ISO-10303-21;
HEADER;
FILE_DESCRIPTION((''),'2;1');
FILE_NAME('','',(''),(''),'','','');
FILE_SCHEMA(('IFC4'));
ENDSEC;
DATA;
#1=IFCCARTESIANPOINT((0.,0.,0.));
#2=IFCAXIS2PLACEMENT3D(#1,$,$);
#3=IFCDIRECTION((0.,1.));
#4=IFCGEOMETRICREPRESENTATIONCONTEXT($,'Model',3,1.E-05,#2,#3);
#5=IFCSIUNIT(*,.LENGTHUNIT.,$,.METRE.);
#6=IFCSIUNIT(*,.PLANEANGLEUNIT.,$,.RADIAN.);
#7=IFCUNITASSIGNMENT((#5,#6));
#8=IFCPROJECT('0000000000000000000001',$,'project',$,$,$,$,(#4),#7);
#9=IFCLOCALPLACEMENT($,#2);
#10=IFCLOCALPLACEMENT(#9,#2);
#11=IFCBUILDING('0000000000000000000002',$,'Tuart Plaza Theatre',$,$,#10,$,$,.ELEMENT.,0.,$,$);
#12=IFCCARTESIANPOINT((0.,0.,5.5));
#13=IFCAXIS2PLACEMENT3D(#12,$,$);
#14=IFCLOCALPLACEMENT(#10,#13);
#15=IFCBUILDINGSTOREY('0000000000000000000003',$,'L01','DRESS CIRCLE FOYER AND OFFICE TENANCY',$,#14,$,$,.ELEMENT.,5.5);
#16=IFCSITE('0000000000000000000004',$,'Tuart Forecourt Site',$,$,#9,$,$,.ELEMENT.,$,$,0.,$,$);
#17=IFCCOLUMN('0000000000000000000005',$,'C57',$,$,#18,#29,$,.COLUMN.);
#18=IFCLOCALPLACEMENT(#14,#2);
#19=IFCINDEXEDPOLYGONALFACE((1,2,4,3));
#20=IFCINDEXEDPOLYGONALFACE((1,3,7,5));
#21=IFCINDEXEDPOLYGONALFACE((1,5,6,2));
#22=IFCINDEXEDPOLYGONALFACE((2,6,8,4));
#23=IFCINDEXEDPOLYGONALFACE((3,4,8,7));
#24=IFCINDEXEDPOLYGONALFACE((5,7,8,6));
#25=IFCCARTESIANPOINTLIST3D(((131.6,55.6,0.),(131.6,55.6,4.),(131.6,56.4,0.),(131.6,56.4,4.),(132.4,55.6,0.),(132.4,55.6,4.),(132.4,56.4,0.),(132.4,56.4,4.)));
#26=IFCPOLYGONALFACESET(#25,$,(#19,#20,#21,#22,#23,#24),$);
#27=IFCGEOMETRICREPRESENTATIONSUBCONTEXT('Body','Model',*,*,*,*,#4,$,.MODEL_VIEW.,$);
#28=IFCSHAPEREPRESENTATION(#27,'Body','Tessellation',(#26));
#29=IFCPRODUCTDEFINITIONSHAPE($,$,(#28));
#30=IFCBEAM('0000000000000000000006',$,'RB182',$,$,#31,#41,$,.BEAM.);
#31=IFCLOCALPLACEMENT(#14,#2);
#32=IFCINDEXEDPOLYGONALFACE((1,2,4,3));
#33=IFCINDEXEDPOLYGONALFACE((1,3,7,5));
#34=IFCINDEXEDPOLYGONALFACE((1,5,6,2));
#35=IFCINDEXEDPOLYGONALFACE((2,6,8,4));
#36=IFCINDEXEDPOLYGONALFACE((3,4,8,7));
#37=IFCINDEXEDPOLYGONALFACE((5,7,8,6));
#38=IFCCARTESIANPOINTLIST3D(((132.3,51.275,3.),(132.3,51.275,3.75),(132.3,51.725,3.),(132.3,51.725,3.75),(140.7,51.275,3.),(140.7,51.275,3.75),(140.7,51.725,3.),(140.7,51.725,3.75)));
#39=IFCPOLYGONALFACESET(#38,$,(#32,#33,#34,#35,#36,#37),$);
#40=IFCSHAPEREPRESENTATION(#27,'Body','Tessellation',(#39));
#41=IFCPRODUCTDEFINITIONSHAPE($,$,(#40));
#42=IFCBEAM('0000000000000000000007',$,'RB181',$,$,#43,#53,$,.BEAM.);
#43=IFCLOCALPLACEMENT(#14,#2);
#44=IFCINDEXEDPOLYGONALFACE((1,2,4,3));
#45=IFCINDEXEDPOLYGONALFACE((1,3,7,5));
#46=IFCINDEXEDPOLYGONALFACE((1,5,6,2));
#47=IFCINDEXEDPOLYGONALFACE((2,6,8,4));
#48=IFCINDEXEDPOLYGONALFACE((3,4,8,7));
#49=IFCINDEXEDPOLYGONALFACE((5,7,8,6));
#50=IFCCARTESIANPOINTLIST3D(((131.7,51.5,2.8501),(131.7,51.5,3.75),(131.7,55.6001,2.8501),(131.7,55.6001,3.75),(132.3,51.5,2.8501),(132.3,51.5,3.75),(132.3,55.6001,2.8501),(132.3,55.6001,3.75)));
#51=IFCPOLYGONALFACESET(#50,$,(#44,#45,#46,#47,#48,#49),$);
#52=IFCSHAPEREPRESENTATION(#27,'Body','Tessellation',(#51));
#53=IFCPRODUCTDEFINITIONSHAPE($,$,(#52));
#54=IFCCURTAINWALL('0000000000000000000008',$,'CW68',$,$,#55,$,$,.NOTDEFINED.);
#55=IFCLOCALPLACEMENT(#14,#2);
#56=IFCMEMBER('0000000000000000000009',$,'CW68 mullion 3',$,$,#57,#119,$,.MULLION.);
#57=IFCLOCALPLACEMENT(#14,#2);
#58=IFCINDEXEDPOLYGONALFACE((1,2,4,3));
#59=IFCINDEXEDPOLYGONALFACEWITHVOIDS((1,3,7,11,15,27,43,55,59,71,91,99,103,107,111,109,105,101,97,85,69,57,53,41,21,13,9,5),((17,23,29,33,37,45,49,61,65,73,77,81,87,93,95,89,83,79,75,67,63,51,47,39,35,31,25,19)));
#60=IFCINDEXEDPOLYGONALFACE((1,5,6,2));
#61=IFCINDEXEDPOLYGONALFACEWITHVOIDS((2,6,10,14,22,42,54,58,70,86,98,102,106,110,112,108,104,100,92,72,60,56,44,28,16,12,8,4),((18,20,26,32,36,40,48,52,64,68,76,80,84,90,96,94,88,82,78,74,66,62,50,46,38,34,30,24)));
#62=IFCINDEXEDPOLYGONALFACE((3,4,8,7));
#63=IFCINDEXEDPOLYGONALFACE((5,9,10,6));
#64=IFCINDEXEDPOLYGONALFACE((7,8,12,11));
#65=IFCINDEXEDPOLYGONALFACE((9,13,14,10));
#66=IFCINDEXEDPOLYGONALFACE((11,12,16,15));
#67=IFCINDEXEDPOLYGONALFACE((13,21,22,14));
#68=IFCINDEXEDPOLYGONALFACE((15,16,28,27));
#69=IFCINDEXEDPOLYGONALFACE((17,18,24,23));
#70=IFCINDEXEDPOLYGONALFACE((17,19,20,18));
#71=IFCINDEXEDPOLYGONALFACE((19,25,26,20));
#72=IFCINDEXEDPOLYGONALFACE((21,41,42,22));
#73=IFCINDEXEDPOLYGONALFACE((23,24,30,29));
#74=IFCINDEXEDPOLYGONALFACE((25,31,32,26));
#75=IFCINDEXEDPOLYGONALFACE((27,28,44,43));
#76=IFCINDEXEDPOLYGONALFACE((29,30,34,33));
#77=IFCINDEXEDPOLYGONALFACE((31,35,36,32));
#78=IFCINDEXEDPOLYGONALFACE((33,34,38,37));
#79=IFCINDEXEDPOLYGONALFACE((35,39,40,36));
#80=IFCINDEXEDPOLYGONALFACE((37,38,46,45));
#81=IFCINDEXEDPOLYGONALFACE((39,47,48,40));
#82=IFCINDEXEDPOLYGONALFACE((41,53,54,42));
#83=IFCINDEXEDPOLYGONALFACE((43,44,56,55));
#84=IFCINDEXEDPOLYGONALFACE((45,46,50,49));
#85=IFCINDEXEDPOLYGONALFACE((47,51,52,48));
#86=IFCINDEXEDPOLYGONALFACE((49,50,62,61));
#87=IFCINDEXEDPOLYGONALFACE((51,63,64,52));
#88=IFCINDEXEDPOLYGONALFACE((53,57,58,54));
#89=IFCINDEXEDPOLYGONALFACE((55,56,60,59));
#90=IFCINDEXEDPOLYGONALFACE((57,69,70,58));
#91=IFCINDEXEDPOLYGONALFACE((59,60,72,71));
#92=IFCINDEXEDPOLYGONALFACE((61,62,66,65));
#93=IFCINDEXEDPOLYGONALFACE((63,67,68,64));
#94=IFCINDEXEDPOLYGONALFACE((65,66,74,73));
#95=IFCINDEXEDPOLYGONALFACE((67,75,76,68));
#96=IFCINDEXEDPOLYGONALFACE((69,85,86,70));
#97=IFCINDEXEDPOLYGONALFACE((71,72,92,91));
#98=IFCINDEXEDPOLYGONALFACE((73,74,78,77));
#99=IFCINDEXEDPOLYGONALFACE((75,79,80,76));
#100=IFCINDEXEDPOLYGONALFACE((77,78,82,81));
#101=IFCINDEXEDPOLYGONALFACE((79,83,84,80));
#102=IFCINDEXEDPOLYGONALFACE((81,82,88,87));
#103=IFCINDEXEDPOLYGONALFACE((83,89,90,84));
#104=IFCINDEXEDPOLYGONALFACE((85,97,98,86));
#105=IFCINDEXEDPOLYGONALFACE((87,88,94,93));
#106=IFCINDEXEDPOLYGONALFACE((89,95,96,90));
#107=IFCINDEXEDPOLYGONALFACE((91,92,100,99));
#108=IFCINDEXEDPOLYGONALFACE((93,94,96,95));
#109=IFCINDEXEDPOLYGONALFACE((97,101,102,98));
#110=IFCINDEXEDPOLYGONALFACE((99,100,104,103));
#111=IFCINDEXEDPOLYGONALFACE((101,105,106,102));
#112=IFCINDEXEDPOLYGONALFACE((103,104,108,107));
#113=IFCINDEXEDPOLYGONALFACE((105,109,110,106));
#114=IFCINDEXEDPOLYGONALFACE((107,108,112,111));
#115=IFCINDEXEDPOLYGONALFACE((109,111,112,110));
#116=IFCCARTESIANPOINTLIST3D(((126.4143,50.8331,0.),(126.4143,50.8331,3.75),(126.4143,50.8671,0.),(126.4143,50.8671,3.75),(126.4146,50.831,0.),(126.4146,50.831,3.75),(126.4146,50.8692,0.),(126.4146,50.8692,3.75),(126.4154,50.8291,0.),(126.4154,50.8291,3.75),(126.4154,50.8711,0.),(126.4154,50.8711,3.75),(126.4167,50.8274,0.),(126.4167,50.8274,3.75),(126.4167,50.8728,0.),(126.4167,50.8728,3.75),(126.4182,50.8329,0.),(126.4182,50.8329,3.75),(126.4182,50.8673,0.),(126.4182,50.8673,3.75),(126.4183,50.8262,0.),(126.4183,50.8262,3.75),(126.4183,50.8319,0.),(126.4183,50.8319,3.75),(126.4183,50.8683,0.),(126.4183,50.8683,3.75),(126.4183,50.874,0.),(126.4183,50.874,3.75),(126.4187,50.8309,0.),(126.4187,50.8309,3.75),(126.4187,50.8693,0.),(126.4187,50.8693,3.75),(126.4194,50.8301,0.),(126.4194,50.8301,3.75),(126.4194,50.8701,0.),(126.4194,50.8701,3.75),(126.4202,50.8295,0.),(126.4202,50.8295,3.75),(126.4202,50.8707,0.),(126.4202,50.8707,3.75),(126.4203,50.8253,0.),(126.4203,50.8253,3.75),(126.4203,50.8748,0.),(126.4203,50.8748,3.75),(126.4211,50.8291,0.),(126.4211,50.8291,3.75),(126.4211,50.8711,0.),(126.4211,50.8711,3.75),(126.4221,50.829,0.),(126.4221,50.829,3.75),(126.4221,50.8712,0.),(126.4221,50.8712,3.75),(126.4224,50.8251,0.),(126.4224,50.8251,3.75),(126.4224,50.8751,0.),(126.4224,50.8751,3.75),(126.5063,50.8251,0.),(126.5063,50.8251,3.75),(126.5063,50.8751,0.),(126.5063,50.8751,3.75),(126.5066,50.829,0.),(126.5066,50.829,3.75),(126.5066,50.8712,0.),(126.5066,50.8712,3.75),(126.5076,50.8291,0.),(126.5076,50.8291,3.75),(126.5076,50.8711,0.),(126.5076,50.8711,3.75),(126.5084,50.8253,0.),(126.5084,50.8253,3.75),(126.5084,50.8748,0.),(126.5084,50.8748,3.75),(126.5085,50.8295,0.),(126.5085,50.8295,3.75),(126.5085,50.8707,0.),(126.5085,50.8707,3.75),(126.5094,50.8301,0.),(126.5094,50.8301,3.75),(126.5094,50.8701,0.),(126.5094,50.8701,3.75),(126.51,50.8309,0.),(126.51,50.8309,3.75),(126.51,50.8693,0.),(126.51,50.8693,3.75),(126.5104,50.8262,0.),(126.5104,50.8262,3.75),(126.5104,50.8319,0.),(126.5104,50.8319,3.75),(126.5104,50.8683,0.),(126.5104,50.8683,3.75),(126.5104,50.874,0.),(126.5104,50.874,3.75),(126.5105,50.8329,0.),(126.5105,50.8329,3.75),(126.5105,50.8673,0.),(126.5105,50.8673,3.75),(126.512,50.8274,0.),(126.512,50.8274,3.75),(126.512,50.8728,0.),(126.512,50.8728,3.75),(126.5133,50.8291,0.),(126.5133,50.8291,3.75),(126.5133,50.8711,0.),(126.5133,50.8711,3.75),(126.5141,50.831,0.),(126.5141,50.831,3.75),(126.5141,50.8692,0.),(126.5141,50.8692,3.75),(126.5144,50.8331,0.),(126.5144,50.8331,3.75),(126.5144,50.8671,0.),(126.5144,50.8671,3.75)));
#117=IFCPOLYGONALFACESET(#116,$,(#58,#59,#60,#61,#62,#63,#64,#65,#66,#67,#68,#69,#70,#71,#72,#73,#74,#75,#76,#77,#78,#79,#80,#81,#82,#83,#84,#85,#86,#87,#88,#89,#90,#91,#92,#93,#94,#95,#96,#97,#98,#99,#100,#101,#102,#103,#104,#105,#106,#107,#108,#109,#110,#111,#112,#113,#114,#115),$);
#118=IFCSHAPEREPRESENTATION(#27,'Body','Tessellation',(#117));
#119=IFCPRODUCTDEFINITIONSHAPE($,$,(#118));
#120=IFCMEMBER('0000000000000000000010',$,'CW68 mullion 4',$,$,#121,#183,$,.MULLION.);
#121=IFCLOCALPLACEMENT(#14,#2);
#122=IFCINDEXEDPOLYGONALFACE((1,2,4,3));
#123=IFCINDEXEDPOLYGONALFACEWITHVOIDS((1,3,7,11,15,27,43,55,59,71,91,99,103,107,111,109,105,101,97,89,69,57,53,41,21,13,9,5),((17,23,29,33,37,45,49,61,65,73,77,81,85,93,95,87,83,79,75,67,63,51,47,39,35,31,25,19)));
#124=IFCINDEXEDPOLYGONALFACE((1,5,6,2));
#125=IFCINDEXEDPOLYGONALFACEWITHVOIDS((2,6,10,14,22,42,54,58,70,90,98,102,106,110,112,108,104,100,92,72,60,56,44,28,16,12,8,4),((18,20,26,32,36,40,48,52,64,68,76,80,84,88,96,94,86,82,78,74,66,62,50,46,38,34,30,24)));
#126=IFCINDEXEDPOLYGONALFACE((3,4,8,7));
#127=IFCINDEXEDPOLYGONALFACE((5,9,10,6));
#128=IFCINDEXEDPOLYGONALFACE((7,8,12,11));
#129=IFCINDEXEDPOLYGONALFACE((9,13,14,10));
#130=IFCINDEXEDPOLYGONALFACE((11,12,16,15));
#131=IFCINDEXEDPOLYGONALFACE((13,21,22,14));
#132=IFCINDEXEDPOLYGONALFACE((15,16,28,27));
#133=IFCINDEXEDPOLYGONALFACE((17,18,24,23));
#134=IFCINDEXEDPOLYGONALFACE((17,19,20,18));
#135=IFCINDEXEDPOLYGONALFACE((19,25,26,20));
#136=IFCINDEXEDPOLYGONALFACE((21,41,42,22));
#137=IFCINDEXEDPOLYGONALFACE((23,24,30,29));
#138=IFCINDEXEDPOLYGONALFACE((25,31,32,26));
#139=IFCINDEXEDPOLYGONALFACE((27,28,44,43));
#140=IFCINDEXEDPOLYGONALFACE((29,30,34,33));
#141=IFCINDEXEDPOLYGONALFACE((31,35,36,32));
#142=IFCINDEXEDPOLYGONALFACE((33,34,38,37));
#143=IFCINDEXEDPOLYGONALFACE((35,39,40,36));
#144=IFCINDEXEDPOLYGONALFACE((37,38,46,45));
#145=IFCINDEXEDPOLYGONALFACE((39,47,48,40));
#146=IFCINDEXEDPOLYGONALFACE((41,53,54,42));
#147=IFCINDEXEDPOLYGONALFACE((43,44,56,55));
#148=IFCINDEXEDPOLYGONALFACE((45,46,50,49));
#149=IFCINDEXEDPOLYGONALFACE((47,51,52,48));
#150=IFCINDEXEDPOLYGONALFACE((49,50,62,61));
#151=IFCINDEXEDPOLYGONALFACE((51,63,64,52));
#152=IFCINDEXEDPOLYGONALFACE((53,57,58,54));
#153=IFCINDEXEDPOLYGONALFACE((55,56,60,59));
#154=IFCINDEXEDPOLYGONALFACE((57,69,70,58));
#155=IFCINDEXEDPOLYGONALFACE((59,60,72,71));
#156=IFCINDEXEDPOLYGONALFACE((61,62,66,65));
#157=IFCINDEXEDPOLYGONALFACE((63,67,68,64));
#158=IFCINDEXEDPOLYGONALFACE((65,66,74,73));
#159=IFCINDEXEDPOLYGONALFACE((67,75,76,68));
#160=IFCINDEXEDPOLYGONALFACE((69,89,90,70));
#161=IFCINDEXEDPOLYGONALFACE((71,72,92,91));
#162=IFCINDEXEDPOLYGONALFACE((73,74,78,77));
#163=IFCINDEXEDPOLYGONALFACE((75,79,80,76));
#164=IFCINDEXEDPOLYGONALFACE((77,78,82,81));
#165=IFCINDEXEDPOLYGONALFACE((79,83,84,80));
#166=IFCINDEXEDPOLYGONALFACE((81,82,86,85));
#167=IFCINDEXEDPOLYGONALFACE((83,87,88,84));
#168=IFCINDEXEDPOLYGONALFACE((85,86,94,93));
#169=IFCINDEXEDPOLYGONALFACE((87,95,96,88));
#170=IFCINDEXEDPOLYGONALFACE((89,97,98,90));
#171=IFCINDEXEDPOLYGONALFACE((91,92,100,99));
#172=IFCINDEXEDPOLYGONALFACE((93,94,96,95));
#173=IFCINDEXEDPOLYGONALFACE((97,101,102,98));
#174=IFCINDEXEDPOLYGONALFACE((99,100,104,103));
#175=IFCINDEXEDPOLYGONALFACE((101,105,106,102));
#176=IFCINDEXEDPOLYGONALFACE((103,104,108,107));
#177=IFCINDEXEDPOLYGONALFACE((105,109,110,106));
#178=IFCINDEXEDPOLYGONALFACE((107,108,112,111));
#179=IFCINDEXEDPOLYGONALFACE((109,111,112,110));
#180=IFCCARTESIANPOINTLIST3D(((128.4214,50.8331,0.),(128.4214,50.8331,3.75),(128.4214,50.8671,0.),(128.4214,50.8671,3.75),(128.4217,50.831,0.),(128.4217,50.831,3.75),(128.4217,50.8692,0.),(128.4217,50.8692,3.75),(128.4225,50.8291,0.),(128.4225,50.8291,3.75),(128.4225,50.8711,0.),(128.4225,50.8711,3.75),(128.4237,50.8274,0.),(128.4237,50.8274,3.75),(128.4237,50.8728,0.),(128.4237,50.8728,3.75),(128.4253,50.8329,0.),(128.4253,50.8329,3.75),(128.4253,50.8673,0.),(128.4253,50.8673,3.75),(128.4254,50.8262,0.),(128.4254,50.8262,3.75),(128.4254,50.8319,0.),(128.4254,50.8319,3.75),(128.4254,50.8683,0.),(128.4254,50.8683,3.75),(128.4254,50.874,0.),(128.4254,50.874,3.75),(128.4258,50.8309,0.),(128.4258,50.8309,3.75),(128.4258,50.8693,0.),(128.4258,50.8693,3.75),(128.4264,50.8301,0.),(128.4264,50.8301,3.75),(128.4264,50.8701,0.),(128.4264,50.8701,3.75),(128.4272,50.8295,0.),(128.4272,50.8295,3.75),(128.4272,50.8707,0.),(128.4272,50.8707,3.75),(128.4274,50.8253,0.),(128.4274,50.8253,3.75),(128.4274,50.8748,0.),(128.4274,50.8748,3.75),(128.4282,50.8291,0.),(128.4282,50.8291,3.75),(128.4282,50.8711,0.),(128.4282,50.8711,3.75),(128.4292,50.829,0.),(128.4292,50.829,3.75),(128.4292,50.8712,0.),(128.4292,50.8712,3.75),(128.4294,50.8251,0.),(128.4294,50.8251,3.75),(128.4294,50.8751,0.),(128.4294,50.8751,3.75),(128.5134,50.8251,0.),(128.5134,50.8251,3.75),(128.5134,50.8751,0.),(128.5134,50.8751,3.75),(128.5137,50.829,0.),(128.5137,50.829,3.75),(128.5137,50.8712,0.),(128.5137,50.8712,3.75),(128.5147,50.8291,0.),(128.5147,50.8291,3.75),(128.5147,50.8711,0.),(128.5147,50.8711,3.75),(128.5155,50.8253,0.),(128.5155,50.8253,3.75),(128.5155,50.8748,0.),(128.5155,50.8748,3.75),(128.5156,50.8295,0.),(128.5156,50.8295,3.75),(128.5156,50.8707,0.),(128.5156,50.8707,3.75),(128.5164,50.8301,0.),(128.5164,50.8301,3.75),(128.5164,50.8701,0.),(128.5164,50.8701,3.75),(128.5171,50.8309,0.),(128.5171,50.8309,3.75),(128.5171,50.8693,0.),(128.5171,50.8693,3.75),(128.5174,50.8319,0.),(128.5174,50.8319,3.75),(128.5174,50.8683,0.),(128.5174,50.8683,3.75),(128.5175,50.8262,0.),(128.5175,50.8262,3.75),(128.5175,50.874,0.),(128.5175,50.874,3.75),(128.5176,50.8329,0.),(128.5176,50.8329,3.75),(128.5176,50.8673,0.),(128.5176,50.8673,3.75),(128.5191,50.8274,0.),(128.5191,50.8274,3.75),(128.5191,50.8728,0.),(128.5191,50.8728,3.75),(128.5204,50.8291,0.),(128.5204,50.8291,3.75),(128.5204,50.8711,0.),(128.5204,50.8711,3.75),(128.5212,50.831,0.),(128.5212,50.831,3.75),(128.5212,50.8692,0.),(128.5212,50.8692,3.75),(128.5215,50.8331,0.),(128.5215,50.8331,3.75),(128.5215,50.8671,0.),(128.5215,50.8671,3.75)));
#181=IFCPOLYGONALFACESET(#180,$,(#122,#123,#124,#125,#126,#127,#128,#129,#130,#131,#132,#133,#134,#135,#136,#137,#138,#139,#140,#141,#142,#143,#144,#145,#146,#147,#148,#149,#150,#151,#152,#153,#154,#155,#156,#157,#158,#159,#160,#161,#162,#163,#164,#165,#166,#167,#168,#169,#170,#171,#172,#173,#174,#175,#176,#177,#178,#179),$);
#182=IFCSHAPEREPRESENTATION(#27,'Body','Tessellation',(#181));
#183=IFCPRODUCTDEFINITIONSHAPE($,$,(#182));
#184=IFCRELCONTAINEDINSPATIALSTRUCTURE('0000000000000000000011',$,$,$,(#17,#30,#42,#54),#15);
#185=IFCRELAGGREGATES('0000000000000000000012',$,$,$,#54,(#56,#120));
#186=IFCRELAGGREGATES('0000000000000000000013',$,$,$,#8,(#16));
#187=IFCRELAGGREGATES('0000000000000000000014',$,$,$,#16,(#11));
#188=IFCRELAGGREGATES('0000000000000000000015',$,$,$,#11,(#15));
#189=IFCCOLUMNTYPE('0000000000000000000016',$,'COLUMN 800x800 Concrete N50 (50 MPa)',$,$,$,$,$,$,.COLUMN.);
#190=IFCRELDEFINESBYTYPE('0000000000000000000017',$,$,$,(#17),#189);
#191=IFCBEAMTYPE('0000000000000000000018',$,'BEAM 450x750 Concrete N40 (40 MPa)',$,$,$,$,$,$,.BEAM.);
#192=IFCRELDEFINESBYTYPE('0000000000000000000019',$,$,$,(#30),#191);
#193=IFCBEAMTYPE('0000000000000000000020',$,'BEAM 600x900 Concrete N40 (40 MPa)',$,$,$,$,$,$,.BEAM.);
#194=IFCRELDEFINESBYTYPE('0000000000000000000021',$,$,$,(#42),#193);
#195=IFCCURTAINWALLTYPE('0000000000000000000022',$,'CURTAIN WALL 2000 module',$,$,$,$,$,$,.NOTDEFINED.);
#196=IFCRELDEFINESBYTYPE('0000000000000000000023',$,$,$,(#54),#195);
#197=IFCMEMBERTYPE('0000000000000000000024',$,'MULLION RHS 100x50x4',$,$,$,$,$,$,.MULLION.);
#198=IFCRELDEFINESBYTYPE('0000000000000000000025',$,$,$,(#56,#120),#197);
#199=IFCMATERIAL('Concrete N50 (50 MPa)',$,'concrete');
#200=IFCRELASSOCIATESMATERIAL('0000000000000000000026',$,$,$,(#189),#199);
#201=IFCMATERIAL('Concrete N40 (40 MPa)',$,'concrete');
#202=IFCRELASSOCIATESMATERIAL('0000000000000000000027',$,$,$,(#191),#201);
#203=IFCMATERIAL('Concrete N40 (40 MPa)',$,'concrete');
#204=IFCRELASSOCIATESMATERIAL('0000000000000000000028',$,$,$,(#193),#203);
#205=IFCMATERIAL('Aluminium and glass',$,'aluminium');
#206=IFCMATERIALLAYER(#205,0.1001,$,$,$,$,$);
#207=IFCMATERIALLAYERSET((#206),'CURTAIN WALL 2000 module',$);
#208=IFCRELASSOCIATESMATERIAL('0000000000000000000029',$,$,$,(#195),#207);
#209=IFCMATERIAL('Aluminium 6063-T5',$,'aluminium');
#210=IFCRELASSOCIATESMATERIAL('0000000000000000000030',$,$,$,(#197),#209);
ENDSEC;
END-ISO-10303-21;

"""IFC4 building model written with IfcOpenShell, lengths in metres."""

from ifc_helpers import new_model, si_unit, direction, frame, origin, origin_2d, place, context, subcontext, project, spatial, rectangle, hollow_rectangle, extrude, material, layer, layer_set, material_profile, profile_set, type_object, element, aggregate, save


model = new_model("IFC4")

# Units and contexts
model_context = context("Model", 3, precision=1e-05, world=origin(), true_north=direction((0.0, 1.0)))
body_context = subcontext(model_context, "Body", "Model", "MODEL_VIEW")
ifc_project = project(units=[si_unit("LENGTHUNIT", "METRE"), si_unit("PLANEANGLEUNIT", "RADIAN")], contexts=[model_context])

# Site, building, storey
site_placement = place(None, origin())
site = spatial("IfcSite", under=ifc_project, at=site_placement, Name="Tuart Forecourt Site", CompositionType="ELEMENT", RefElevation=0.0)
building_placement = place(site_placement, origin())
building = spatial("IfcBuilding", under=site, at=building_placement, Name="Tuart Plaza Theatre", CompositionType="ELEMENT", ElevationOfRefHeight=0.0)
storey_placement = place(building_placement, frame((0.0, 0.0, 5.5)))
storey = spatial("IfcBuildingStorey", under=building, at=storey_placement, Name="L01", Description="DRESS CIRCLE FOYER AND OFFICE TENANCY", CompositionType="ELEMENT", Elevation=5.5)

# Column
ifc_material_1 = material(Name="Concrete N50 (50 MPa)", Category="concrete")
ifc_material_profile_1 = material_profile(ifc_material_1, rectangle(XDim=0.8, YDim=0.8, at=origin_2d()), Name="COLUMN 800x800 Concrete N50 (50 MPa)")
ifc_profile_set_1 = profile_set([ifc_material_profile_1], Name="Concrete N50 (50 MPa)")
column_type = type_object("IfcColumnType", Name="COLUMN 800x800 Concrete N50 (50 MPa)", PredefinedType="COLUMN", material=ifc_profile_set_1)
column_placement = place(storey_placement, frame((132.0, 56.0, 0.0), z_axis=(0.0, 0.0, 1.0), x_axis=(1.0, 0.0, 0.0)))
element("IfcColumn", 1, at=column_placement, inside=storey, type_object=column_type, Name="C57", PredefinedType="COLUMN", context=body_context, shape_type="SweptSolid", body=[
    extrude(rectangle(XDim=0.8, YDim=0.8, at=origin_2d()), origin(), (0.0, 0.0, 1.0), 4.0),
])

# Beams
ifc_material_2 = material(Name="Concrete N40 (40 MPa)", Category="concrete")
ifc_material_profile_2 = material_profile(ifc_material_2, rectangle(XDim=0.45, YDim=0.75, at=origin_2d()), Name="BEAM 450x750 Concrete N40 (40 MPa)")
ifc_profile_set_2 = profile_set([ifc_material_profile_2], Name="Concrete N40 (40 MPa)")
beam_type_1 = type_object("IfcBeamType", Name="BEAM 450x750 Concrete N40 (40 MPa)", PredefinedType="BEAM", material=ifc_profile_set_2)
beam_1_placement = place(storey_placement, frame((132.3, 51.5, 3.375), z_axis=(1.0, 0.0, 0.0), x_axis=(0.0, 1.0, 0.0)))
element("IfcBeam", 2, at=beam_1_placement, inside=storey, type_object=beam_type_1, Name="RB182", PredefinedType="BEAM", context=body_context, shape_type="SweptSolid", body=[
    extrude(rectangle(XDim=0.45, YDim=0.75, at=origin_2d()), origin(), (0.0, 0.0, 1.0), 8.3999),
])
ifc_material_3 = material(Name="Concrete N40 (40 MPa)", Category="concrete")
ifc_material_profile_3 = material_profile(ifc_material_3, rectangle(XDim=0.6001, YDim=0.8999, at=origin_2d()), Name="BEAM 600x900 Concrete N40 (40 MPa)")
ifc_profile_set_3 = profile_set([ifc_material_profile_3], Name="Concrete N40 (40 MPa)")
beam_type_2 = type_object("IfcBeamType", Name="BEAM 600x900 Concrete N40 (40 MPa)", PredefinedType="BEAM", material=ifc_profile_set_3)
beam_2_placement = place(storey_placement, frame((132.0, 51.5, 3.3), z_axis=(0.0, 1.0, 0.0), x_axis=(-1.0, 0.0, 0.0)))
element("IfcBeam", 3, at=beam_2_placement, inside=storey, type_object=beam_type_2, Name="RB181", PredefinedType="BEAM", context=body_context, shape_type="SweptSolid", body=[
    extrude(rectangle(XDim=0.6001, YDim=0.8999, at=origin_2d()), origin(), (0.0, 0.0, 1.0), 4.1001),
])

# Curtain wall, members
ifc_material_4 = material(Name="Aluminium and glass", Category="aluminium")
ifc_layer_1 = layer(ifc_material_4, 0.1001)
ifc_layer_set_1 = layer_set([ifc_layer_1], Name="CURTAIN WALL 2000 module")
curtain_wall_type = type_object("IfcCurtainWallType", Name="CURTAIN WALL 2000 module", PredefinedType="NOTDEFINED", material=ifc_layer_set_1)
curtain_wall_placement = place(storey_placement, origin())
curtain_wall = element("IfcCurtainWall", 4, at=curtain_wall_placement, inside=storey, type_object=curtain_wall_type, Name="CW68", PredefinedType="NOTDEFINED")
ifc_material_5 = material(Name="Aluminium 6063-T5", Category="aluminium")
ifc_material_profile_4 = material_profile(ifc_material_5, hollow_rectangle(XDim=0.05, YDim=0.1001, WallThickness=0.0039, InnerFilletRadius=0.0039, OuterFilletRadius=0.0081, at=origin_2d()), Name="RHS 100x50x4")
ifc_profile_set_4 = profile_set([ifc_material_profile_4], Name="Aluminium 6063-T5")
member_type_1 = type_object("IfcMemberType", Name="MULLION RHS 100x50x4", PredefinedType="MULLION", material=ifc_profile_set_4)
member_1_placement = place(storey_placement, frame((126.4644, 50.8501, 0.0), z_axis=(0.0, 0.0, 1.0), x_axis=(0.0, 1.0, 0.0)))
member_1 = element("IfcMember", 5, at=member_1_placement, type_object=member_type_1, Name="CW68 mullion 3", PredefinedType="MULLION", context=body_context, shape_type="SweptSolid", body=[
    extrude(hollow_rectangle(XDim=0.05, YDim=0.1001, WallThickness=0.0039, InnerFilletRadius=0.0039, OuterFilletRadius=0.0081, at=origin_2d()), origin(), (0.0, 0.0, 1.0), 3.75),
])
member_2_placement = place(storey_placement, frame((128.4714, 50.8501, 0.0), z_axis=(0.0, 0.0, 1.0), x_axis=(0.0, 1.0, 0.0)))
member_2 = element("IfcMember", 6, at=member_2_placement, type_object=member_type_1, Name="CW68 mullion 4", PredefinedType="MULLION", context=body_context, shape_type="SweptSolid", body=[
    extrude(hollow_rectangle(XDim=0.05, YDim=0.1001, WallThickness=0.0039, InnerFilletRadius=0.0039, OuterFilletRadius=0.0081, at=origin_2d()), origin(), (0.0, 0.0, 1.0), 3.75),
])
aggregate(curtain_wall, [member_1, member_2])

save(model, "model.ifc")
